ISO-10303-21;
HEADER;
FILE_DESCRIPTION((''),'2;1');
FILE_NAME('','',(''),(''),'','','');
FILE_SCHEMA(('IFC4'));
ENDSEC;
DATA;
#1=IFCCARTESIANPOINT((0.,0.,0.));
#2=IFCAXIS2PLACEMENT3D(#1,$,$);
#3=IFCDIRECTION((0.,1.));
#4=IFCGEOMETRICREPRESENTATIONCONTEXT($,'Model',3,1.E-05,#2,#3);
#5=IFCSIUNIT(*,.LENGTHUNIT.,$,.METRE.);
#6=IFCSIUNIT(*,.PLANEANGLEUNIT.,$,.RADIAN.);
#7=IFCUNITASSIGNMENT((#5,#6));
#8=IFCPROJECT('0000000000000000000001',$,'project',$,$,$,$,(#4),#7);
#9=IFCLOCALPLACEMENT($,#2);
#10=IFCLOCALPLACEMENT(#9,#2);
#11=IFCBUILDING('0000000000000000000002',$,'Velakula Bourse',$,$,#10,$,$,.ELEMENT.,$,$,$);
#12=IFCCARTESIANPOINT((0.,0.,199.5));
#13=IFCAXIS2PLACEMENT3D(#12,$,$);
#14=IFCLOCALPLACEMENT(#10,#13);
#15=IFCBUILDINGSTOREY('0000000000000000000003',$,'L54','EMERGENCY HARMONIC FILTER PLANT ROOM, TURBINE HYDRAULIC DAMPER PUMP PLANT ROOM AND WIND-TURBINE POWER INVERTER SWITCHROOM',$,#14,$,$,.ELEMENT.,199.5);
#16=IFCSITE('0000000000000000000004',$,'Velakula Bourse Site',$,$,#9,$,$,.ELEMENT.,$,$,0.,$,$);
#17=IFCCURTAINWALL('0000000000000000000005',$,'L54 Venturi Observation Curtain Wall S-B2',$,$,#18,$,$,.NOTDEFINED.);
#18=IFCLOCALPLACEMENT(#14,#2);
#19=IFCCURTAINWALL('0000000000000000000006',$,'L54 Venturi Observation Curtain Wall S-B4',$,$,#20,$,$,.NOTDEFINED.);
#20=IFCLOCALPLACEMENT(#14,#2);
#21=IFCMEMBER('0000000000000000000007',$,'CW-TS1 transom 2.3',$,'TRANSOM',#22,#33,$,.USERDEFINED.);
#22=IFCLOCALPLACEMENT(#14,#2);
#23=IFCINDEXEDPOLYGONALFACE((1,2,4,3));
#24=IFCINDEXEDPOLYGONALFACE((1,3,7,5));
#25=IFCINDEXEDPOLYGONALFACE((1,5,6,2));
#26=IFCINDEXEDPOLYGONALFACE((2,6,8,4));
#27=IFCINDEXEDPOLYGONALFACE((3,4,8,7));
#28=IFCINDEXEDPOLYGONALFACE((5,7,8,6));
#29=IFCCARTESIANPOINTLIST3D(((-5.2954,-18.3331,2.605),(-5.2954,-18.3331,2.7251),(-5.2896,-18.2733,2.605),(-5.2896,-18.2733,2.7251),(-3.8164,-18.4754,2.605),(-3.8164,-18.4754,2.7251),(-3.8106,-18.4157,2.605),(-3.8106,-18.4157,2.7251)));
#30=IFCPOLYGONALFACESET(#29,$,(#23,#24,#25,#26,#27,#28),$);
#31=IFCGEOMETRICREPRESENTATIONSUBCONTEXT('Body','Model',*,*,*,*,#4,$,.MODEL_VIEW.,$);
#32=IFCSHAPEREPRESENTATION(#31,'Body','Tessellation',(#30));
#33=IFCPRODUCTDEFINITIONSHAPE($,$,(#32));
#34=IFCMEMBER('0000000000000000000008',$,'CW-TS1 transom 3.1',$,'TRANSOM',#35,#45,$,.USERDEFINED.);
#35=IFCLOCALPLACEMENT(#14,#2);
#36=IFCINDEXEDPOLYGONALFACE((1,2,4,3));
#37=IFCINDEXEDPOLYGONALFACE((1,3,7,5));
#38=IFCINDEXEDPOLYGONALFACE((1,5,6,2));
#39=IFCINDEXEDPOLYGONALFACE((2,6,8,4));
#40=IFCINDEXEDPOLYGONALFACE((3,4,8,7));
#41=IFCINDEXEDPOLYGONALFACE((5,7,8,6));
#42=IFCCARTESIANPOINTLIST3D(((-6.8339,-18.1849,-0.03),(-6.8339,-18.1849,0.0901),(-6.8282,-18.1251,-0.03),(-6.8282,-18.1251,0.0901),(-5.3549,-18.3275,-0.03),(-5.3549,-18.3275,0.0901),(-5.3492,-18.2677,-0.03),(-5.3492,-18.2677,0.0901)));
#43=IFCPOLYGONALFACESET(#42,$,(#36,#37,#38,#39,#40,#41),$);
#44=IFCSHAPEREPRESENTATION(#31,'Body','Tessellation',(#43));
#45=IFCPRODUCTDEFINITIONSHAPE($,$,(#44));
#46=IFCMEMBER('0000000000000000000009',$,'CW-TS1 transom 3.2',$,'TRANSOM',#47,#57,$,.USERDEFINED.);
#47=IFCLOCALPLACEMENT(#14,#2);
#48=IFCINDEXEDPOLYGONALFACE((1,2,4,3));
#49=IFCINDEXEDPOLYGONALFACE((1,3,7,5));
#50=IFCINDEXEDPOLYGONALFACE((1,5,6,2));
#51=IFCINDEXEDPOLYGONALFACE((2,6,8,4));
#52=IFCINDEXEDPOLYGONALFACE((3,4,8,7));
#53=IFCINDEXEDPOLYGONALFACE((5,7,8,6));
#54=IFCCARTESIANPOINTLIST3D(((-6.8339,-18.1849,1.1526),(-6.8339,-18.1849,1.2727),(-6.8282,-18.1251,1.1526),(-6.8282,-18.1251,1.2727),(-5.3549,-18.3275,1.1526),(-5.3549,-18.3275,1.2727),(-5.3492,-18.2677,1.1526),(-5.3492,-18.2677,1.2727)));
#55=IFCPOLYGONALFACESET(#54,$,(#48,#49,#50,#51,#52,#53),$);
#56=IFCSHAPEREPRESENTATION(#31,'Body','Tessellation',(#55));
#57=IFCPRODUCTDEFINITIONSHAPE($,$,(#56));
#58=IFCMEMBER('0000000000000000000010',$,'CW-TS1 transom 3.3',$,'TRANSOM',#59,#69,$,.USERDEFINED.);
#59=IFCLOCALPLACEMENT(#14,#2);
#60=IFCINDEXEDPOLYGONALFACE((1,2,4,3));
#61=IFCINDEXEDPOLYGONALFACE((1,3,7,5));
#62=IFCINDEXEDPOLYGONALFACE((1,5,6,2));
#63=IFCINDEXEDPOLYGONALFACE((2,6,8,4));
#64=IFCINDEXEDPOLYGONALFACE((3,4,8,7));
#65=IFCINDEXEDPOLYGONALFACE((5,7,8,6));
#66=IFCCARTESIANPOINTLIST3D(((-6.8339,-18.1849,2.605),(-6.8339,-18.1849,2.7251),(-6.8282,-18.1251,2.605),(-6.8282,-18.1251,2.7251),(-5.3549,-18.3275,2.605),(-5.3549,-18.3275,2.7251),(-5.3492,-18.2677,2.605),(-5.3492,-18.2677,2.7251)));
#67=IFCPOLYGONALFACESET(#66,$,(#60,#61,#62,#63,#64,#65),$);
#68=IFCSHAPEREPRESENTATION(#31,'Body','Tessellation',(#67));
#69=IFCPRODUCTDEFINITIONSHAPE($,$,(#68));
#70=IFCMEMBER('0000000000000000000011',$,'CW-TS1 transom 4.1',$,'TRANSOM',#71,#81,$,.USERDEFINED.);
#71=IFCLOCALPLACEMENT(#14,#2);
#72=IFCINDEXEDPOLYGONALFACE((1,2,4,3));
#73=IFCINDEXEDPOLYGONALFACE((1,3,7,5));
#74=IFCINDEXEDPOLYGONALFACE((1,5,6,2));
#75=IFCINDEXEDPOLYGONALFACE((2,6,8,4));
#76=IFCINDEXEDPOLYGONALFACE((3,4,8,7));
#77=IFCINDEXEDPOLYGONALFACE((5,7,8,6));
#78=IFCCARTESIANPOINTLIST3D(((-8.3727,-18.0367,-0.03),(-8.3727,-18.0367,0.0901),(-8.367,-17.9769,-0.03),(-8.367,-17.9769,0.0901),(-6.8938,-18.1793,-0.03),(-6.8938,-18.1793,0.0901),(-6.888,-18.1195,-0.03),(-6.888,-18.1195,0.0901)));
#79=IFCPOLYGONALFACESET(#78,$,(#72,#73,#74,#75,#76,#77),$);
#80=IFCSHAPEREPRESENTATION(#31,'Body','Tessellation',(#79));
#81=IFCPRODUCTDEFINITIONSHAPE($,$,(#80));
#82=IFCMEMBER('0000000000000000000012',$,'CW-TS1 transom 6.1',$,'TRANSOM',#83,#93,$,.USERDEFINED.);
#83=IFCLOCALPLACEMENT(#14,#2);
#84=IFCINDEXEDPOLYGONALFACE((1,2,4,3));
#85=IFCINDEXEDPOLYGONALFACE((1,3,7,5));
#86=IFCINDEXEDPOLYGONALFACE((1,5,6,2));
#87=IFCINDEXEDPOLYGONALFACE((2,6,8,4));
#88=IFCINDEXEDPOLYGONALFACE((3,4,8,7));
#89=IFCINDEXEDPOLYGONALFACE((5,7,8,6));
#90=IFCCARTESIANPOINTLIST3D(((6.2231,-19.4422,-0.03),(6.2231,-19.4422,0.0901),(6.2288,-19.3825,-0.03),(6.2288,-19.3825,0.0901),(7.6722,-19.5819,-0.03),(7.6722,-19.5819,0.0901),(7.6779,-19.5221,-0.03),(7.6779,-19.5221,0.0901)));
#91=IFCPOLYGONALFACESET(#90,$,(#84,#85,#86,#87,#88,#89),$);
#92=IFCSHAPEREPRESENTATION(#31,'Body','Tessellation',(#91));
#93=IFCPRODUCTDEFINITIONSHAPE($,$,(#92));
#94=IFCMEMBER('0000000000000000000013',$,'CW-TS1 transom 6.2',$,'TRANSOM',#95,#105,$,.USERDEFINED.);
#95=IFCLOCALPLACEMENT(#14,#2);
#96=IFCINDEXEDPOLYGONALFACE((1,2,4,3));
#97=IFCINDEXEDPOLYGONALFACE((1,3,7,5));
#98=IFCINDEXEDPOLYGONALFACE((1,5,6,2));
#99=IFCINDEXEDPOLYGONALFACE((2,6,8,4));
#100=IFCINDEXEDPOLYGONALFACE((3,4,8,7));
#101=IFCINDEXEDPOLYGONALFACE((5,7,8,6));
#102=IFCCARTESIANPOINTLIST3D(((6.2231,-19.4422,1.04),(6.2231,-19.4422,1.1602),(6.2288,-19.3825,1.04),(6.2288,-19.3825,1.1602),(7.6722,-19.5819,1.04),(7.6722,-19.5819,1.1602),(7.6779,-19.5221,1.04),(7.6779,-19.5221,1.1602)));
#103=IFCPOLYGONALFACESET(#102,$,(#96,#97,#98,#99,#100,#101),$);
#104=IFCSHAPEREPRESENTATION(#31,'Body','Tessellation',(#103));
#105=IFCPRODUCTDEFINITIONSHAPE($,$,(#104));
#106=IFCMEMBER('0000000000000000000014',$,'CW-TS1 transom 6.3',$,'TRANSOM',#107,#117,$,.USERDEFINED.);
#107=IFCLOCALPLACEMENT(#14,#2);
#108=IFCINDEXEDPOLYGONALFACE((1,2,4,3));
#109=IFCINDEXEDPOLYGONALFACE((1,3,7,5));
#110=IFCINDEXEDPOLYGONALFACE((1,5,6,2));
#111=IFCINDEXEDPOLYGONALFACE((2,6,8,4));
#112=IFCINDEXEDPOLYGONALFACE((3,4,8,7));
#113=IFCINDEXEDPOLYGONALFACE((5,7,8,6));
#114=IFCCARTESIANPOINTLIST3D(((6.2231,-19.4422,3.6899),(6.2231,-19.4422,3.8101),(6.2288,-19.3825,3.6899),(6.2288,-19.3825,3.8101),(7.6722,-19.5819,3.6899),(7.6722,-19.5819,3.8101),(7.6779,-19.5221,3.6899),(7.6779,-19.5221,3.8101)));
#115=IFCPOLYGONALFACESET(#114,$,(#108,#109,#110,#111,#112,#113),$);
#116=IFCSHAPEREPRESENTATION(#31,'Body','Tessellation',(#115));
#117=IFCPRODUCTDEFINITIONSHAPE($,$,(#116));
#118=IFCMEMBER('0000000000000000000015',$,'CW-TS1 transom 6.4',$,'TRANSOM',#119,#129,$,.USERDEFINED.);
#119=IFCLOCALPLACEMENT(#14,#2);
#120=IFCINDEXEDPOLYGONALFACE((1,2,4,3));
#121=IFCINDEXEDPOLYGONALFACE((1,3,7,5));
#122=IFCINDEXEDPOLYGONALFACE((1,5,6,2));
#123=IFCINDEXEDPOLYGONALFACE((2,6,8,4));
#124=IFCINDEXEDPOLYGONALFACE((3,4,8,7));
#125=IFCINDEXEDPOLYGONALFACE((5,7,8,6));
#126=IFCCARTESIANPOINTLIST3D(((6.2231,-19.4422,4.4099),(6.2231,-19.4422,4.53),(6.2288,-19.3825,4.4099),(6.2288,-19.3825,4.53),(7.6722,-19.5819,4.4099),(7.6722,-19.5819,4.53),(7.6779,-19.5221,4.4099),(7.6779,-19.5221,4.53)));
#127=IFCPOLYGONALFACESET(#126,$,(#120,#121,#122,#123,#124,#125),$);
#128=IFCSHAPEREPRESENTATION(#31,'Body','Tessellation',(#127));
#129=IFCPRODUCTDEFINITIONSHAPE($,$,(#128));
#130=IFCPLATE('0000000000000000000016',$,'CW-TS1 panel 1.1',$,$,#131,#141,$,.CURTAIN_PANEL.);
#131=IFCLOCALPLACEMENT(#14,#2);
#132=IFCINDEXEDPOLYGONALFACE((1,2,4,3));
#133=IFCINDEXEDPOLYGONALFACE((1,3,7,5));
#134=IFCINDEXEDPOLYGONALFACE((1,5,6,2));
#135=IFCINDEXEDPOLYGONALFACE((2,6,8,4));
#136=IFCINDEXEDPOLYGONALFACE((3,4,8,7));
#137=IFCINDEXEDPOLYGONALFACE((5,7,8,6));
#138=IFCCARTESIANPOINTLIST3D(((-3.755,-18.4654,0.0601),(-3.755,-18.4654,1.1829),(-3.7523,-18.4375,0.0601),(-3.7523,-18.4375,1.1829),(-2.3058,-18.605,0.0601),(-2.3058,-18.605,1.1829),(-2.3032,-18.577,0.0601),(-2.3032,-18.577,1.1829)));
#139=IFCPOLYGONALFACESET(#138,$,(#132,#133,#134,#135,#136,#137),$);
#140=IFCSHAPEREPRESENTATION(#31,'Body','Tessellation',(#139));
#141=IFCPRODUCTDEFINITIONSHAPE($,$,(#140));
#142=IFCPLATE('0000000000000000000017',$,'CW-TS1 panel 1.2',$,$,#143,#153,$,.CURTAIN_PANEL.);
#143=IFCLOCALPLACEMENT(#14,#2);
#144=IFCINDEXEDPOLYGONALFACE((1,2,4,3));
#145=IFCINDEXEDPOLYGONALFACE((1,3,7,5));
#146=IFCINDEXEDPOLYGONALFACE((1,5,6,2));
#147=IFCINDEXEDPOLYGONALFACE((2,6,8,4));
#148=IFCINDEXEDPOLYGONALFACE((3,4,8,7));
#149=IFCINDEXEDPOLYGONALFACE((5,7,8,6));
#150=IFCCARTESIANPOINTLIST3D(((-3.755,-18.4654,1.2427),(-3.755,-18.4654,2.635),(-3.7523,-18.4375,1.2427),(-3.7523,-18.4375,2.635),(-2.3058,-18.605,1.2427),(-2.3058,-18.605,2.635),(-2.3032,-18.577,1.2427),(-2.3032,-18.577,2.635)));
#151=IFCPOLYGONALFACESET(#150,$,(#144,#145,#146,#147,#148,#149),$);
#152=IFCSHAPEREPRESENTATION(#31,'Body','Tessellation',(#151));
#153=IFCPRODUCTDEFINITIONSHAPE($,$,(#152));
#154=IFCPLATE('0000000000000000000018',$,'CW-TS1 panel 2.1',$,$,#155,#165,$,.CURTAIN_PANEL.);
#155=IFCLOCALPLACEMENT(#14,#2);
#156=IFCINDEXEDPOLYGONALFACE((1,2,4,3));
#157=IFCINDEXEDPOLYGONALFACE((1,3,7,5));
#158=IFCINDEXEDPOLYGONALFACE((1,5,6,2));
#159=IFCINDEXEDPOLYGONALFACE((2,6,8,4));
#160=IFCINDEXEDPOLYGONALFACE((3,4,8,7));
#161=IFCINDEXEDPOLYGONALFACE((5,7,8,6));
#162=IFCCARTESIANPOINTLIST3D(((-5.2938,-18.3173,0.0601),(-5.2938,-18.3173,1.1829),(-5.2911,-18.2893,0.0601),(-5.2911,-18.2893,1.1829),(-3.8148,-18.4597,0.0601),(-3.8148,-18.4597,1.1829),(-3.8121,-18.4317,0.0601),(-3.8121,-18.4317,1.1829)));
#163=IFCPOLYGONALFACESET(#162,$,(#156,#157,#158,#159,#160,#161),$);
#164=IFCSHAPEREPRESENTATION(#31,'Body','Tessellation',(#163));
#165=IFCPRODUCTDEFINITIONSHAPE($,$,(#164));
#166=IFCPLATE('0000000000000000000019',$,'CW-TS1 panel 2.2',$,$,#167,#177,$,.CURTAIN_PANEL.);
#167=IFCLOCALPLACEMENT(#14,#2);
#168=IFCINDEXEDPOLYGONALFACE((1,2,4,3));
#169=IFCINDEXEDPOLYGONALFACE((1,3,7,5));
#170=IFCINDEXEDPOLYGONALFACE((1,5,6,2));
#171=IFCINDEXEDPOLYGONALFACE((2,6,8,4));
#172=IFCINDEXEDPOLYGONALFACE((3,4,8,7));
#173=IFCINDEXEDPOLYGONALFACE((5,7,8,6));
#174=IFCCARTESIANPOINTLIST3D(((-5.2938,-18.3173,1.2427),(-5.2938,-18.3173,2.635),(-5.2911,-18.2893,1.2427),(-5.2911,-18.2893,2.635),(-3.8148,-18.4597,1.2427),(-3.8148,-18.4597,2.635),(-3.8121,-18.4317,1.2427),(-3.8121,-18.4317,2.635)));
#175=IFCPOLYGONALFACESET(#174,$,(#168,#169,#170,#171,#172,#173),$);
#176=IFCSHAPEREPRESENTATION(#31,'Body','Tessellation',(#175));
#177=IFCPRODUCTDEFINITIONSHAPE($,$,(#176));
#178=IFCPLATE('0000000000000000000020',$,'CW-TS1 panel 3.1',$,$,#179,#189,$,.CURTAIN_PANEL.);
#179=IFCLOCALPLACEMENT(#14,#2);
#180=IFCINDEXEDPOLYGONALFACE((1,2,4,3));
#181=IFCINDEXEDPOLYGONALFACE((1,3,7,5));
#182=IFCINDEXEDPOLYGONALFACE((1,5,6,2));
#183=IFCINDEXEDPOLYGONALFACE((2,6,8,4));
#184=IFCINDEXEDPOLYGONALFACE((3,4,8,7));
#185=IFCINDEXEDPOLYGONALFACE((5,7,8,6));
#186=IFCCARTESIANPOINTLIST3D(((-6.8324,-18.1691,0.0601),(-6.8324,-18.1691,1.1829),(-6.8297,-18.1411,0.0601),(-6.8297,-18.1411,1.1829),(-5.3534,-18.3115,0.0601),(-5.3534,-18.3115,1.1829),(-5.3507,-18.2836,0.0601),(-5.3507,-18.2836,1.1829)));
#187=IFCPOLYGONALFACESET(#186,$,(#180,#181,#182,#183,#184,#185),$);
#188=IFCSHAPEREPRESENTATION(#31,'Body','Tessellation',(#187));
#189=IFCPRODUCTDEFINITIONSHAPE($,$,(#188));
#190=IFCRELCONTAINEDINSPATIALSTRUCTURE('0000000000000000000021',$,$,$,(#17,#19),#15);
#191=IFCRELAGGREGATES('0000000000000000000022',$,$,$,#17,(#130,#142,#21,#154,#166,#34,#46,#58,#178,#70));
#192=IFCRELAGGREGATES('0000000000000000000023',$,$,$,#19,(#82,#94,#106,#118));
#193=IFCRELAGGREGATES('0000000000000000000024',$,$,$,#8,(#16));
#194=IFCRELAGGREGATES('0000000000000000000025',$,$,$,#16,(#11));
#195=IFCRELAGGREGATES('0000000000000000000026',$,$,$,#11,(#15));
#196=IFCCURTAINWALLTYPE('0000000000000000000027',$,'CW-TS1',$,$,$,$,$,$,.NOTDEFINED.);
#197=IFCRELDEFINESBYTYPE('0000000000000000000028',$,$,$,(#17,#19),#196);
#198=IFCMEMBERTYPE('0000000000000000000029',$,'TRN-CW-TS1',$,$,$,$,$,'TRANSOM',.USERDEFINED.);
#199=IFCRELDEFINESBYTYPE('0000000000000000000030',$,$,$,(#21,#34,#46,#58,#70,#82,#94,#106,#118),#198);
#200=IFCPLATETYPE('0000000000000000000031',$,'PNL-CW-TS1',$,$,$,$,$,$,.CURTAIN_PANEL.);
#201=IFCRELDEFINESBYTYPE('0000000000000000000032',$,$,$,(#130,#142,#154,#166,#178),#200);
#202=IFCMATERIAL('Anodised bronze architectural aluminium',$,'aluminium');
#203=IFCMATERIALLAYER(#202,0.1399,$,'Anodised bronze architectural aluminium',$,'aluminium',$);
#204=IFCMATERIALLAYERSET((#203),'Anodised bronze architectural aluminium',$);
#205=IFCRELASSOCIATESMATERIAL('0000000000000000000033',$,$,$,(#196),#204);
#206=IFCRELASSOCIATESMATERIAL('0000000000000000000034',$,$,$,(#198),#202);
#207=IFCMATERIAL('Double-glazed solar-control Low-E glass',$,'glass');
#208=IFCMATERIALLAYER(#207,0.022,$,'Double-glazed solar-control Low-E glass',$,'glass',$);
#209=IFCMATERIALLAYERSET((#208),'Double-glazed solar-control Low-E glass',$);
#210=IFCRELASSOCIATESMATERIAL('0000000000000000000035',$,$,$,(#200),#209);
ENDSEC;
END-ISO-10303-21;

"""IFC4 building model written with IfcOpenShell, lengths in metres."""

from ifc_helpers import new_model, si_unit, direction, frame, origin, origin_2d, place, context, subcontext, project, spatial, rectangle, extrude, material, layer, layer_set, material_profile, profile_set, type_object, element, aggregate, save


model = new_model("IFC4")

# Units and contexts
model_context = context("Model", 3, precision=1e-05, world=origin(), true_north=direction((0.0, 1.0)))
body_context = subcontext(model_context, "Body", "Model", "MODEL_VIEW")
ifc_project = project(units=[si_unit("LENGTHUNIT", "METRE"), si_unit("PLANEANGLEUNIT", "RADIAN")], contexts=[model_context])

# Site, building, storey
site_placement = place(None, origin())
site = spatial("IfcSite", under=ifc_project, at=site_placement, Name="Velakula Bourse Site", CompositionType="ELEMENT", RefElevation=0.0)
building_placement = place(site_placement, origin())
building = spatial("IfcBuilding", under=site, at=building_placement, Name="Velakula Bourse", CompositionType="ELEMENT")
storey_placement = place(building_placement, frame((0.0, 0.0, 199.5)))
storey = spatial("IfcBuildingStorey", under=building, at=storey_placement, Name="L54", Description="EMERGENCY HARMONIC FILTER PLANT ROOM, TURBINE HYDRAULIC DAMPER PUMP PLANT ROOM AND WIND-TURBINE POWER INVERTER SWITCHROOM", CompositionType="ELEMENT", Elevation=199.5)

# Curtain walls
ifc_material_1 = material(Name="Anodised bronze architectural aluminium", Category="aluminium")
ifc_layer_1 = layer(ifc_material_1, 0.1399, Name="Anodised bronze architectural aluminium", Category="aluminium")
ifc_layer_set_1 = layer_set([ifc_layer_1], Name="Anodised bronze architectural aluminium")
curtain_wall_type = type_object("IfcCurtainWallType", Name="CW-TS1", PredefinedType="NOTDEFINED", material=ifc_layer_set_1)
curtain_wall_1_placement = place(storey_placement, origin())
curtain_wall_1 = element("IfcCurtainWall", 1, at=curtain_wall_1_placement, inside=storey, type_object=curtain_wall_type, Name="L54 Venturi Observation Curtain Wall S-B2", PredefinedType="NOTDEFINED")
curtain_wall_2_placement = place(storey_placement, origin())
curtain_wall_2 = element("IfcCurtainWall", 2, at=curtain_wall_2_placement, inside=storey, type_object=curtain_wall_type, Name="L54 Venturi Observation Curtain Wall S-B4", PredefinedType="NOTDEFINED")

# Members
ifc_material_profile_1 = material_profile(ifc_material_1, rectangle(XDim=0.0601, YDim=0.1201, at=origin_2d()), Name="Anodised bronze architectural aluminium")
ifc_profile_set_1 = profile_set([ifc_material_profile_1], Name="Anodised bronze architectural aluminium")
member_type_1 = type_object("IfcMemberType", Name="TRN-CW-TS1", ElementType="TRANSOM", PredefinedType="USERDEFINED", material=ifc_profile_set_1)
member_1_placement = place(storey_placement, frame((-3.8135, -18.4456, 2.665), z_axis=(-0.995401, 0.095794, 0.0), x_axis=(-0.095794, -0.995401, 0.0)))
member_1 = element("IfcMember", 3, at=member_1_placement, type_object=member_type_1, Name="CW-TS1 transom 2.3", ObjectType="TRANSOM", PredefinedType="USERDEFINED", context=body_context, shape_type="SweptSolid", body=[
    extrude(rectangle(XDim=0.0601, YDim=0.1201, at=origin_2d()), origin(), (0.0, 0.0, 1.0), 1.4858),
])
member_2_placement = place(storey_placement, frame((-5.3521, -18.2976, 0.03), z_axis=(-0.995386, 0.095957, 0.0), x_axis=(-0.095957, -0.995386, 0.0)))
member_2 = element("IfcMember", 4, at=member_2_placement, type_object=member_type_1, Name="CW-TS1 transom 3.1", ObjectType="TRANSOM", PredefinedType="USERDEFINED", context=body_context, shape_type="SweptSolid", body=[
    extrude(rectangle(XDim=0.0601, YDim=0.1201, at=origin_2d()), origin(), (0.0, 0.0, 1.0), 1.4858),
])
member_3_placement = place(storey_placement, frame((-5.3521, -18.2976, 1.2126), z_axis=(-0.995386, 0.095957, 0.0), x_axis=(-0.095957, -0.995386, 0.0)))
member_3 = element("IfcMember", 5, at=member_3_placement, type_object=member_type_1, Name="CW-TS1 transom 3.2", ObjectType="TRANSOM", PredefinedType="USERDEFINED", context=body_context, shape_type="SweptSolid", body=[
    extrude(rectangle(XDim=0.0601, YDim=0.1201, at=origin_2d()), origin(), (0.0, 0.0, 1.0), 1.4858),
])
member_4_placement = place(storey_placement, frame((-5.3521, -18.2976, 2.665), z_axis=(-0.995386, 0.095957, 0.0), x_axis=(-0.095957, -0.995386, 0.0)))
member_4 = element("IfcMember", 6, at=member_4_placement, type_object=member_type_1, Name="CW-TS1 transom 3.3", ObjectType="TRANSOM", PredefinedType="USERDEFINED", context=body_context, shape_type="SweptSolid", body=[
    extrude(rectangle(XDim=0.0601, YDim=0.1201, at=origin_2d()), origin(), (0.0, 0.0, 1.0), 1.4858),
])
member_5_placement = place(storey_placement, frame((-6.8909, -18.1494, 0.03), z_axis=(-0.995386, 0.095957, 0.0), x_axis=(-0.095957, -0.995386, 0.0)))
member_5 = element("IfcMember", 7, at=member_5_placement, type_object=member_type_1, Name="CW-TS1 transom 4.1", ObjectType="TRANSOM", PredefinedType="USERDEFINED", context=body_context, shape_type="SweptSolid", body=[
    extrude(rectangle(XDim=0.0601, YDim=0.1201, at=origin_2d()), origin(), (0.0, 0.0, 1.0), 1.4858),
])
member_6_placement = place(storey_placement, frame((7.675, -19.552, 0.03), z_axis=(-0.995388, 0.095933, 0.0), x_axis=(-0.095933, -0.995388, 0.0)))
member_6 = element("IfcMember", 8, at=member_6_placement, type_object=member_type_1, Name="CW-TS1 transom 6.1", ObjectType="TRANSOM", PredefinedType="USERDEFINED", context=body_context, shape_type="SweptSolid", body=[
    extrude(rectangle(XDim=0.0601, YDim=0.1201, at=origin_2d()), origin(), (0.0, 0.0, 1.0), 1.4558),
])
member_7_placement = place(storey_placement, frame((7.675, -19.552, 1.1001), z_axis=(-0.995388, 0.095933, 0.0), x_axis=(-0.095933, -0.995388, 0.0)))
member_7 = element("IfcMember", 9, at=member_7_placement, type_object=member_type_1, Name="CW-TS1 transom 6.2", ObjectType="TRANSOM", PredefinedType="USERDEFINED", context=body_context, shape_type="SweptSolid", body=[
    extrude(rectangle(XDim=0.0601, YDim=0.1201, at=origin_2d()), origin(), (0.0, 0.0, 1.0), 1.4558),
])
member_8_placement = place(storey_placement, frame((7.675, -19.552, 3.75), z_axis=(-0.995388, 0.095933, 0.0), x_axis=(-0.095933, -0.995388, 0.0)))
member_8 = element("IfcMember", 10, at=member_8_placement, type_object=member_type_1, Name="CW-TS1 transom 6.3", ObjectType="TRANSOM", PredefinedType="USERDEFINED", context=body_context, shape_type="SweptSolid", body=[
    extrude(rectangle(XDim=0.0601, YDim=0.1201, at=origin_2d()), origin(), (0.0, 0.0, 1.0), 1.4558),
])
member_9_placement = place(storey_placement, frame((7.675, -19.552, 4.47), z_axis=(-0.995388, 0.095933, 0.0), x_axis=(-0.095933, -0.995388, 0.0)))
member_9 = element("IfcMember", 11, at=member_9_placement, type_object=member_type_1, Name="CW-TS1 transom 6.4", ObjectType="TRANSOM", PredefinedType="USERDEFINED", context=body_context, shape_type="SweptSolid", body=[
    extrude(rectangle(XDim=0.0601, YDim=0.1201, at=origin_2d()), origin(), (0.0, 0.0, 1.0), 1.4558),
])

# Plates
ifc_material_2 = material(Name="Double-glazed solar-control Low-E glass", Category="glass")
ifc_layer_2 = layer(ifc_material_2, 0.022, Name="Double-glazed solar-control Low-E glass", Category="glass")
ifc_layer_set_2 = layer_set([ifc_layer_2], Name="Double-glazed solar-control Low-E glass")
plate_type = type_object("IfcPlateType", Name="PNL-CW-TS1", PredefinedType="CURTAIN_PANEL", material=ifc_layer_set_2)
plate_1_placement = place(storey_placement, frame((-3.0291, -18.5212, 0.0601), z_axis=(0.0, 0.0, 1.0), x_axis=(-0.995396, 0.095849, 0.0)))
plate_1 = element("IfcPlate", 12, at=plate_1_placement, type_object=plate_type, Name="CW-TS1 panel 1.1", PredefinedType="CURTAIN_PANEL", context=body_context, shape_type="SweptSolid", body=[
    extrude(rectangle(XDim=1.4558, YDim=0.0281, at=origin_2d()), origin(), (0.0, 0.0, 1.0), 1.1228),
])
plate_2_placement = place(storey_placement, frame((-3.0291, -18.5212, 1.2427), z_axis=(0.0, 0.0, 1.0), x_axis=(-0.995396, 0.095849, 0.0)))
plate_2 = element("IfcPlate", 13, at=plate_2_placement, type_object=plate_type, Name="CW-TS1 panel 1.2", PredefinedType="CURTAIN_PANEL", context=body_context, shape_type="SweptSolid", body=[
    extrude(rectangle(XDim=1.4558, YDim=0.0281, at=origin_2d()), origin(), (0.0, 0.0, 1.0), 1.3923),
])
plate_3_placement = place(storey_placement, frame((-4.553, -18.3745, 0.0601), z_axis=(0.0, 0.0, 1.0), x_axis=(-0.995396, 0.095849, 0.0)))
plate_3 = element("IfcPlate", 14, at=plate_3_placement, type_object=plate_type, Name="CW-TS1 panel 2.1", PredefinedType="CURTAIN_PANEL", context=body_context, shape_type="SweptSolid", body=[
    extrude(rectangle(XDim=1.4858, YDim=0.0281, at=origin_2d()), origin(), (0.0, 0.0, 1.0), 1.1228),
])
plate_4_placement = place(storey_placement, frame((-4.553, -18.3745, 1.2427), z_axis=(0.0, 0.0, 1.0), x_axis=(-0.995396, 0.095849, 0.0)))
plate_4 = element("IfcPlate", 15, at=plate_4_placement, type_object=plate_type, Name="CW-TS1 panel 2.2", PredefinedType="CURTAIN_PANEL", context=body_context, shape_type="SweptSolid", body=[
    extrude(rectangle(XDim=1.4858, YDim=0.0281, at=origin_2d()), origin(), (0.0, 0.0, 1.0), 1.3923),
])
plate_5_placement = place(storey_placement, frame((-6.0916, -18.2263, 0.0601), z_axis=(0.0, 0.0, 1.0), x_axis=(-0.995396, 0.095849, 0.0)))
plate_5 = element("IfcPlate", 16, at=plate_5_placement, type_object=plate_type, Name="CW-TS1 panel 3.1", PredefinedType="CURTAIN_PANEL", context=body_context, shape_type="SweptSolid", body=[
    extrude(rectangle(XDim=1.4858, YDim=0.0281, at=origin_2d()), origin(), (0.0, 0.0, 1.0), 1.1228),
])
aggregate(curtain_wall_1, [plate_1, plate_2, member_1, plate_3, plate_4, member_2, member_3, member_4, plate_5, member_5])
aggregate(curtain_wall_2, [member_6, member_7, member_8, member_9])

save(model, "model.ifc")
